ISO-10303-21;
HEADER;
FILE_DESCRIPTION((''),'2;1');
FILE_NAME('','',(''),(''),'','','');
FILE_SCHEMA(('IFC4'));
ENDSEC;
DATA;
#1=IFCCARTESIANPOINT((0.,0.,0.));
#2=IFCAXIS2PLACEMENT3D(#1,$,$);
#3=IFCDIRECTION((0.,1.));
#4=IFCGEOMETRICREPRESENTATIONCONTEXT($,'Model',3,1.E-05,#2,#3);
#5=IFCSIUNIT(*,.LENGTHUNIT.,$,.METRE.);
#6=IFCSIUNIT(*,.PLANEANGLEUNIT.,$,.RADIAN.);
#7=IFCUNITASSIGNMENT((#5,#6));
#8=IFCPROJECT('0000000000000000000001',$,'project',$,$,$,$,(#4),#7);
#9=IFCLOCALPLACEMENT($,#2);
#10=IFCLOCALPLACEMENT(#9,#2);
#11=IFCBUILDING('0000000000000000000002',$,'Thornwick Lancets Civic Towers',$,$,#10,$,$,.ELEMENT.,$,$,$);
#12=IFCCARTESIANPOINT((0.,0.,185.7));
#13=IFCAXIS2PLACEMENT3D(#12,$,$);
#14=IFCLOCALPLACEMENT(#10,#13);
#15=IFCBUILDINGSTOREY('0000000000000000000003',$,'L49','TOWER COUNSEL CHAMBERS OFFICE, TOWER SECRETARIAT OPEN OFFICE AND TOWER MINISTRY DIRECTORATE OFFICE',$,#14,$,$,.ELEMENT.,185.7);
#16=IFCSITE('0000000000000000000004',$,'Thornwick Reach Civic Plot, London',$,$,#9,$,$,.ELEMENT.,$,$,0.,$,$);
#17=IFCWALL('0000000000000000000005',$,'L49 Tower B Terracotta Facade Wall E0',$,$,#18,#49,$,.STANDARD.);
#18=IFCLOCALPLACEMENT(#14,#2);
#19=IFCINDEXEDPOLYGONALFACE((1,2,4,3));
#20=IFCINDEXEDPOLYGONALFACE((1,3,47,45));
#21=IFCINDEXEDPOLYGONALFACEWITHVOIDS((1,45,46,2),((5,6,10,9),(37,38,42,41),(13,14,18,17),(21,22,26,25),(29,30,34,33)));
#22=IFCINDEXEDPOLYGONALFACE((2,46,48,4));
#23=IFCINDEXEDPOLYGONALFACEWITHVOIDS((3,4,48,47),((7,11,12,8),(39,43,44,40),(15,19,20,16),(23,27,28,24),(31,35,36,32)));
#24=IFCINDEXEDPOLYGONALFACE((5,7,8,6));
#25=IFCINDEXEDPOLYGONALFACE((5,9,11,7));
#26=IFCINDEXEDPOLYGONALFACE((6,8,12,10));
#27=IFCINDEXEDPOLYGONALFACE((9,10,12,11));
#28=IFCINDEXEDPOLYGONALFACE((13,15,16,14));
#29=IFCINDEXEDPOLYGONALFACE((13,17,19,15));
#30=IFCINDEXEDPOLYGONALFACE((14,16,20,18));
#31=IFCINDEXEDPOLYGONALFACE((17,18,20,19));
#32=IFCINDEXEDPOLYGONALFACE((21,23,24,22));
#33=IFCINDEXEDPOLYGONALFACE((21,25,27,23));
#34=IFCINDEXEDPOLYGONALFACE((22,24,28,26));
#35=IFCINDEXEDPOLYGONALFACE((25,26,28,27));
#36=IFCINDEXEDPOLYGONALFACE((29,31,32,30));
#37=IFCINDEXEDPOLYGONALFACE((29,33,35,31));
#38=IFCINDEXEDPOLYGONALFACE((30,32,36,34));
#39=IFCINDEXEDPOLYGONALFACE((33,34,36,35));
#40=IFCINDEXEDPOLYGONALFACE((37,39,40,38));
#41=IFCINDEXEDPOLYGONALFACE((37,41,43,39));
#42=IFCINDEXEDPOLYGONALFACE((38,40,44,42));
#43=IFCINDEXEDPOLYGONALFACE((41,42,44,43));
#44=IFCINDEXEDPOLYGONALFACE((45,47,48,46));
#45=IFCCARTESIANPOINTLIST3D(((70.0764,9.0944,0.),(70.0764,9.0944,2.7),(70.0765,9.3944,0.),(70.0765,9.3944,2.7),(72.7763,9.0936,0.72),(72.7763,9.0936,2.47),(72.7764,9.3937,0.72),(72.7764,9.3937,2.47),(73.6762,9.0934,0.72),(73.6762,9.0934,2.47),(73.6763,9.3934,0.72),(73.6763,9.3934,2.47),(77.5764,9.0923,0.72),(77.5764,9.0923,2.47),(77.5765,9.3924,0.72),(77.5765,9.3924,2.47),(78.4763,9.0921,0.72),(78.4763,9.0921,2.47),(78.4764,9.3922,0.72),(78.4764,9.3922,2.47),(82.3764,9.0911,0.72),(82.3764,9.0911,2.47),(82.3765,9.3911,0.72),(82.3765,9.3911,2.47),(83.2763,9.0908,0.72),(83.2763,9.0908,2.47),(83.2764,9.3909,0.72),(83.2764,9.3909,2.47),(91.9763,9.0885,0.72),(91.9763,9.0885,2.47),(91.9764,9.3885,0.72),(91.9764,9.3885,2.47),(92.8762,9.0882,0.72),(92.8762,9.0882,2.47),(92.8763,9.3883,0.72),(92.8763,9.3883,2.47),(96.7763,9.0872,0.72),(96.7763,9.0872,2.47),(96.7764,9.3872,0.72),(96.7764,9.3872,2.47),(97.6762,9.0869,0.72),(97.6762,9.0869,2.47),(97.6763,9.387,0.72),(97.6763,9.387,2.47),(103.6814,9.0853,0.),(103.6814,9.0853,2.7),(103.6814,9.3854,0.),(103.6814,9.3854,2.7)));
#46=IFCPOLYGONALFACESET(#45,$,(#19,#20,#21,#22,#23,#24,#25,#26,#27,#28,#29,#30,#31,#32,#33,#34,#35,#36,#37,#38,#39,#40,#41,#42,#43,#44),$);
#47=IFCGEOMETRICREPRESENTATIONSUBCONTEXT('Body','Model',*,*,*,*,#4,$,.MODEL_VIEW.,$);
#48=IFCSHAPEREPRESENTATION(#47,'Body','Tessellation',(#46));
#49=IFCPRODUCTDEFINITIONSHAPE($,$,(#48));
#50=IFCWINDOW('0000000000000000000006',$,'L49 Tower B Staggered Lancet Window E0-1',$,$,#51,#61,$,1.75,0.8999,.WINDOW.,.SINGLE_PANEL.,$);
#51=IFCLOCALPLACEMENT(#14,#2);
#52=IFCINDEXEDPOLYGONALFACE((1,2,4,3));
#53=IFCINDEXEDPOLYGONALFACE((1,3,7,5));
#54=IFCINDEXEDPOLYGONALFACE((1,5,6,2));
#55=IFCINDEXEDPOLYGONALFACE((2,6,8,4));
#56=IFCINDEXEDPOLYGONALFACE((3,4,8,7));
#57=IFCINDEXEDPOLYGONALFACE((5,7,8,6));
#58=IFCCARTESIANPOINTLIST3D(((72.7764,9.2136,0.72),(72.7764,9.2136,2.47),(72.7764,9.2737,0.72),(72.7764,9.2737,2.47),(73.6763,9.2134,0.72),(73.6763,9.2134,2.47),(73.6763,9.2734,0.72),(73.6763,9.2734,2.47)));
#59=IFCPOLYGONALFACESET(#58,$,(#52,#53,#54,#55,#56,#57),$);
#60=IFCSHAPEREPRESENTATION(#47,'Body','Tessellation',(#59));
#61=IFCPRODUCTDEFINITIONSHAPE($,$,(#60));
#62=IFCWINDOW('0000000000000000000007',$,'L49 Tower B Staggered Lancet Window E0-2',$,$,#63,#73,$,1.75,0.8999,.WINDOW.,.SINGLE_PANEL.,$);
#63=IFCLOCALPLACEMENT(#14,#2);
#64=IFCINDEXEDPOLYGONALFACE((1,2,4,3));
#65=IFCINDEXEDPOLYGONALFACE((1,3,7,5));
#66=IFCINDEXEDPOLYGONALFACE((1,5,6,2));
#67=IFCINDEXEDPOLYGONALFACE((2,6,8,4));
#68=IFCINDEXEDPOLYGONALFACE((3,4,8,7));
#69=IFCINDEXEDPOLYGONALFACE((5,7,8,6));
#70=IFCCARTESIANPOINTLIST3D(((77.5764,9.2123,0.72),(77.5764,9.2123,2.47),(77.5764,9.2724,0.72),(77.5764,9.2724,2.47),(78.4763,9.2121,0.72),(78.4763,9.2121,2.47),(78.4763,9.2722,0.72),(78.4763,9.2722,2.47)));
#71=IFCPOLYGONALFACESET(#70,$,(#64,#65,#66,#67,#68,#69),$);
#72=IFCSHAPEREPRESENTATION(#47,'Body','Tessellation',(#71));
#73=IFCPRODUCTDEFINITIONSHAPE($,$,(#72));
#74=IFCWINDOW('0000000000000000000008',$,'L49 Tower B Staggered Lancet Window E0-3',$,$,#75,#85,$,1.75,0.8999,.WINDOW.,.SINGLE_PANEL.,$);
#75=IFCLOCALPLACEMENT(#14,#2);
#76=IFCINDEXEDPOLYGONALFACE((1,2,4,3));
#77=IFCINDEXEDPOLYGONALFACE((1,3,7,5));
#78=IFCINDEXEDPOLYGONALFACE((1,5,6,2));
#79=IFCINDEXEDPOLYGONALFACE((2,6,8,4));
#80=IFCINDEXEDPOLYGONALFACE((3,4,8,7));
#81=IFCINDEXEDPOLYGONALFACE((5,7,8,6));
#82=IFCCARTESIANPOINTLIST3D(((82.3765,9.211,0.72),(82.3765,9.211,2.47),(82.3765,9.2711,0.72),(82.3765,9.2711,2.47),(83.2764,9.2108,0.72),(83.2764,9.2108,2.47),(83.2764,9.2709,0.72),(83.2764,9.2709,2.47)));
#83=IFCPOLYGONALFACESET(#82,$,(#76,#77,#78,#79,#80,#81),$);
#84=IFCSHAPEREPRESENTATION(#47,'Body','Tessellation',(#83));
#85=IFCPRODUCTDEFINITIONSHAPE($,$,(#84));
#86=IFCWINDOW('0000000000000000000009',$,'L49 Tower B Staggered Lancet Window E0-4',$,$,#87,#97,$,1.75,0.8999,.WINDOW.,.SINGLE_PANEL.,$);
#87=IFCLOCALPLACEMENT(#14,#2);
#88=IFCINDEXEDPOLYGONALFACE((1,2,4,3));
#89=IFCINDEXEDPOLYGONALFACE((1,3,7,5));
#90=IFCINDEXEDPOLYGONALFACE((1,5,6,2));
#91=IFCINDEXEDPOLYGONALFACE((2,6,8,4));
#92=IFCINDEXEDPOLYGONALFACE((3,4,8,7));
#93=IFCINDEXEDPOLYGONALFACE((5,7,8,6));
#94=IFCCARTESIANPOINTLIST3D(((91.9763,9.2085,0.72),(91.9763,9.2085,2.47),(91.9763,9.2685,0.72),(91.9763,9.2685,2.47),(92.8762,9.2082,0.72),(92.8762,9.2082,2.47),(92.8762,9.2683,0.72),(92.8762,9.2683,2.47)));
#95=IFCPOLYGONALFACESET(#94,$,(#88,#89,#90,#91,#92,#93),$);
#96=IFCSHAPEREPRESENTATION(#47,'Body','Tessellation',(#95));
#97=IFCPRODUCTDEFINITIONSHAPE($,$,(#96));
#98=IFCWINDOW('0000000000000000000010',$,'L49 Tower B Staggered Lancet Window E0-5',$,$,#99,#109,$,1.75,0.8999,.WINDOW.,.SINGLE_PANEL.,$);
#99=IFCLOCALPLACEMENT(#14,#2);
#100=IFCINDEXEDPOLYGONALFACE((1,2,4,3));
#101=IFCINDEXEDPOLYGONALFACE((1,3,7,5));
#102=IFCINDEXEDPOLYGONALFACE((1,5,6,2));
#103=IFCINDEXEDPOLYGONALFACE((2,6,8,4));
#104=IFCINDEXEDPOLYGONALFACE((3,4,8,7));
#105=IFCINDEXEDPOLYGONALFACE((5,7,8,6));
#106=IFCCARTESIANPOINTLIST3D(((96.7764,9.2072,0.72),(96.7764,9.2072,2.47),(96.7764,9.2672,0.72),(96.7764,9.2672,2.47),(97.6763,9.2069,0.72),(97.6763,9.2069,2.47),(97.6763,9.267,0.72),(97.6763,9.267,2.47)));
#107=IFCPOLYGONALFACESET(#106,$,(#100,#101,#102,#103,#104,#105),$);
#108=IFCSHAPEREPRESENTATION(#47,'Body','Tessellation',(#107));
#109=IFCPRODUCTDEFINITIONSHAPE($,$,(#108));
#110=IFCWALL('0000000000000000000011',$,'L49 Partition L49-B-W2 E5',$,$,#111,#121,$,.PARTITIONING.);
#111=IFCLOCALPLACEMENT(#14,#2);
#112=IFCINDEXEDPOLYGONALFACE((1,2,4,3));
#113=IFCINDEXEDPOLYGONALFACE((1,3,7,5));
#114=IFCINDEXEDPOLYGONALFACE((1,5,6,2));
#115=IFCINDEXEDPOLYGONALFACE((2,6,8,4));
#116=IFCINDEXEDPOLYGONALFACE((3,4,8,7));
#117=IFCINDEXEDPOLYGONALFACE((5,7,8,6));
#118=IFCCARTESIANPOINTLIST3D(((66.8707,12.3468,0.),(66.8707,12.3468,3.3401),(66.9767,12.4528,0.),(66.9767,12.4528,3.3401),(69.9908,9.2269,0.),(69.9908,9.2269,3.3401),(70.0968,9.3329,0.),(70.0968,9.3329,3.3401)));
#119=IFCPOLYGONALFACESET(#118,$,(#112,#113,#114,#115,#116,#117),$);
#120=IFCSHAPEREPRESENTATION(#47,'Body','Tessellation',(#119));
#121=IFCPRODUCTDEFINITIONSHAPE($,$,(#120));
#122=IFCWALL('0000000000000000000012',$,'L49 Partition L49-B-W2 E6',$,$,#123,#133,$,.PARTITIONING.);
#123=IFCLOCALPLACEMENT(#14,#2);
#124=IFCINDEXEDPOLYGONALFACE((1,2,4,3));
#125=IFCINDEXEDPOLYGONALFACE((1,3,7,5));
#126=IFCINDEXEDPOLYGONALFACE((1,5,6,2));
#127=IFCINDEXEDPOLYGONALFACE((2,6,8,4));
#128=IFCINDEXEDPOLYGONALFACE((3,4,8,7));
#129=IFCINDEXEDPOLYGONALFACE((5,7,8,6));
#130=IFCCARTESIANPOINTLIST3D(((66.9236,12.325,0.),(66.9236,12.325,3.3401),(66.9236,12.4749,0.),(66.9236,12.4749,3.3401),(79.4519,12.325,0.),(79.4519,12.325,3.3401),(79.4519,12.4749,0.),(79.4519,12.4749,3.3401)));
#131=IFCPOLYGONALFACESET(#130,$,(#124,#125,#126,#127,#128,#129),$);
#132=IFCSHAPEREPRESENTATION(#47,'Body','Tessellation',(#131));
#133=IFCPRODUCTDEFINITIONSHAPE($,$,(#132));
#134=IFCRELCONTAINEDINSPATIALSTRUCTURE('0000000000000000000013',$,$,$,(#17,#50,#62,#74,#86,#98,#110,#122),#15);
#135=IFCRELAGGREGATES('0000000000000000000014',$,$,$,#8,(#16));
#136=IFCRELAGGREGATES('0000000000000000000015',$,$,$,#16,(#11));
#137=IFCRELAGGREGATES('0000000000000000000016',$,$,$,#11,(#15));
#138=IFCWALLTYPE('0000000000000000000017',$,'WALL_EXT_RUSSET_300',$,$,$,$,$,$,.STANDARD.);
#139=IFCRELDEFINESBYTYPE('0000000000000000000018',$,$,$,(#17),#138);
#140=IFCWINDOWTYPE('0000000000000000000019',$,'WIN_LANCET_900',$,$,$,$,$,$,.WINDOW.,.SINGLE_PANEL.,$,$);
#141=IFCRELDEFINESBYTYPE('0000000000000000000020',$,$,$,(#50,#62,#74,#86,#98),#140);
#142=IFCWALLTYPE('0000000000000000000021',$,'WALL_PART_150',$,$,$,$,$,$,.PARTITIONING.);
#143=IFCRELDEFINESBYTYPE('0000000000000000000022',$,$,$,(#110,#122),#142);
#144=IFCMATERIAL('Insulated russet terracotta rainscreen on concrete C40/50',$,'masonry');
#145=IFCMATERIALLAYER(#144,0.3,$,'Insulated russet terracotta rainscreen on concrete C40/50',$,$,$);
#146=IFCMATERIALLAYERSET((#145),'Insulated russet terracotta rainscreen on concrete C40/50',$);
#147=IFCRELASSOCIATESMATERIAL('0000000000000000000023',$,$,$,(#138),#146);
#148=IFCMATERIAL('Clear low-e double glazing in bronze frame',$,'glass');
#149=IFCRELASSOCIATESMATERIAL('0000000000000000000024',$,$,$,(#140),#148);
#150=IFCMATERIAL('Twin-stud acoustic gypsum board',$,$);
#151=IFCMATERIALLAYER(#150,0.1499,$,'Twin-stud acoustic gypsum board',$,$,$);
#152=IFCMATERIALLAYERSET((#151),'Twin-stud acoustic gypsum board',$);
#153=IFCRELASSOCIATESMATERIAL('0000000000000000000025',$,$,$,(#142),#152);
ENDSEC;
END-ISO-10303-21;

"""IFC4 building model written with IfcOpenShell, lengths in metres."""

from ifc_helpers import new_model, si_unit, direction, frame, frame_2d, origin, place, context, subcontext, project, spatial, rectangle, extrude, material, layer, layer_set, type_object, element, fill, save


model = new_model("IFC4")

# Units and contexts
model_context = context("Model", 3, precision=1e-05, world=origin(), true_north=direction((0.0, 1.0)))
body_context = subcontext(model_context, "Body", "Model", "MODEL_VIEW")
ifc_project = project(units=[si_unit("LENGTHUNIT", "METRE"), si_unit("PLANEANGLEUNIT", "RADIAN")], contexts=[model_context])

# Site, building, storey
site_placement = place(None, origin())
site = spatial("IfcSite", under=ifc_project, at=site_placement, Name="Thornwick Reach Civic Plot, London", CompositionType="ELEMENT", RefElevation=0.0)
building_placement = place(site_placement, origin())
building = spatial("IfcBuilding", under=site, at=building_placement, Name="Thornwick Lancets Civic Towers", CompositionType="ELEMENT")
storey_placement = place(building_placement, frame((0.0, 0.0, 185.7)))
storey = spatial("IfcBuildingStorey", under=building, at=storey_placement, Name="L49", Description="TOWER COUNSEL CHAMBERS OFFICE, TOWER SECRETARIAT OPEN OFFICE AND TOWER MINISTRY DIRECTORATE OFFICE", CompositionType="ELEMENT", Elevation=185.7)

# Wall, openings, windows
ifc_material_1 = material(Name="Insulated russet terracotta rainscreen on concrete C40/50", Category="masonry")
ifc_layer_1 = layer(ifc_material_1, 0.3, Name="Insulated russet terracotta rainscreen on concrete C40/50")
ifc_layer_set_1 = layer_set([ifc_layer_1], Name="Insulated russet terracotta rainscreen on concrete C40/50")
wall_type_1 = type_object("IfcWallType", Name="WALL_EXT_RUSSET_300", PredefinedType="STANDARD", material=ifc_layer_set_1)
ifc_material_2 = material(Name="Clear low-e double glazing in bronze frame", Category="glass")
window_type = type_object("IfcWindowType", Name="WIN_LANCET_900", PartitioningType="SINGLE_PANEL", PredefinedType="WINDOW", material=ifc_material_2)
wall_1_placement = place(storey_placement, frame((70.0764, 9.2444, 0.0), z_axis=(0.0, 0.0, 1.0), x_axis=(1.0, -0.000269, 0.0)))
wall_1 = element("IfcWall", 1, at=wall_1_placement, inside=storey, type_object=wall_type_1, Name="L49 Tower B Terracotta Facade Wall E0", PredefinedType="STANDARD", context=body_context, shape_type="SweptSolid", body=[
    extrude(rectangle(XDim=33.605, YDim=0.3, at=frame_2d((16.8025, 0.0))), origin(), (0.0, 0.0, 1.0), 2.7),
])
opening_1_placement = place(wall_1_placement, frame((2.7, 0.0, 0.72)))
opening_1 = element("IfcOpeningElement", 2, at=opening_1_placement, cuts=wall_1, PredefinedType="OPENING", context=body_context, shape_type="SweptSolid", body=[
    extrude(rectangle(XDim=0.8999, YDim=1.75, at=frame_2d((0.45, 0.875))), frame((0.0, 0.1602, 0.0), z_axis=(0.0, -1.0, 0.0), x_axis=(1.0, 0.0, 0.0)), (0.0, 0.0, 1.0), 0.3201),
])
opening_2_placement = place(wall_1_placement, frame((7.5, 0.0, 0.72)))
opening_2 = element("IfcOpeningElement", 3, at=opening_2_placement, cuts=wall_1, PredefinedType="OPENING", context=body_context, shape_type="SweptSolid", body=[
    extrude(rectangle(XDim=0.8999, YDim=1.75, at=frame_2d((0.45, 0.875))), frame((0.0, 0.1602, 0.0), z_axis=(0.0, -1.0, 0.0), x_axis=(1.0, 0.0, 0.0)), (0.0, 0.0, 1.0), 0.3201),
])
opening_3_placement = place(wall_1_placement, frame((12.3, 0.0, 0.72)))
opening_3 = element("IfcOpeningElement", 4, at=opening_3_placement, cuts=wall_1, PredefinedType="OPENING", context=body_context, shape_type="SweptSolid", body=[
    extrude(rectangle(XDim=0.8999, YDim=1.75, at=frame_2d((0.45, 0.875))), frame((0.0, 0.1602, 0.0), z_axis=(0.0, -1.0, 0.0), x_axis=(1.0, 0.0, 0.0)), (0.0, 0.0, 1.0), 0.3201),
])
opening_4_placement = place(wall_1_placement, frame((21.8999, 0.0, 0.72)))
opening_4 = element("IfcOpeningElement", 5, at=opening_4_placement, cuts=wall_1, PredefinedType="OPENING", context=body_context, shape_type="SweptSolid", body=[
    extrude(rectangle(XDim=0.8999, YDim=1.75, at=frame_2d((0.45, 0.875))), frame((0.0, 0.1602, 0.0), z_axis=(0.0, -1.0, 0.0), x_axis=(1.0, 0.0, 0.0)), (0.0, 0.0, 1.0), 0.3201),
])
opening_5_placement = place(wall_1_placement, frame((26.7, 0.0, 0.72)))
opening_5 = element("IfcOpeningElement", 6, at=opening_5_placement, cuts=wall_1, PredefinedType="OPENING", context=body_context, shape_type="SweptSolid", body=[
    extrude(rectangle(XDim=0.8999, YDim=1.75, at=frame_2d((0.45, 0.875))), frame((0.0, 0.1602, 0.0), z_axis=(0.0, -1.0, 0.0), x_axis=(1.0, 0.0, 0.0)), (0.0, 0.0, 1.0), 0.3201),
])
window_1_placement = place(opening_1_placement, origin())
window_1 = element("IfcWindow", 7, at=window_1_placement, inside=storey, type_object=window_type, Name="L49 Tower B Staggered Lancet Window E0-1", OverallHeight=1.75, OverallWidth=0.8999, PartitioningType="SINGLE_PANEL", PredefinedType="WINDOW", context=body_context, shape_type="SweptSolid", body=[
    extrude(rectangle(XDim=0.8999, YDim=1.75, at=frame_2d((0.45, 0.875))), frame((0.0, 0.03, 0.0), z_axis=(0.0, -1.0, 0.0), x_axis=(1.0, 0.0, 0.0)), (0.0, 0.0, 1.0), 0.0601),
])
fill(opening_1, window_1)
window_2_placement = place(opening_2_placement, origin())
window_2 = element("IfcWindow", 8, at=window_2_placement, inside=storey, type_object=window_type, Name="L49 Tower B Staggered Lancet Window E0-2", OverallHeight=1.75, OverallWidth=0.8999, PartitioningType="SINGLE_PANEL", PredefinedType="WINDOW", context=body_context, shape_type="SweptSolid", body=[
    extrude(rectangle(XDim=0.8999, YDim=1.75, at=frame_2d((0.45, 0.875))), frame((0.0, 0.03, 0.0), z_axis=(0.0, -1.0, 0.0), x_axis=(1.0, 0.0, 0.0)), (0.0, 0.0, 1.0), 0.0601),
])
fill(opening_2, window_2)
window_3_placement = place(opening_3_placement, origin())
window_3 = element("IfcWindow", 9, at=window_3_placement, inside=storey, type_object=window_type, Name="L49 Tower B Staggered Lancet Window E0-3", OverallHeight=1.75, OverallWidth=0.8999, PartitioningType="SINGLE_PANEL", PredefinedType="WINDOW", context=body_context, shape_type="SweptSolid", body=[
    extrude(rectangle(XDim=0.8999, YDim=1.75, at=frame_2d((0.45, 0.875))), frame((0.0, 0.03, 0.0), z_axis=(0.0, -1.0, 0.0), x_axis=(1.0, 0.0, 0.0)), (0.0, 0.0, 1.0), 0.0601),
])
fill(opening_3, window_3)
window_4_placement = place(opening_4_placement, origin())
window_4 = element("IfcWindow", 10, at=window_4_placement, inside=storey, type_object=window_type, Name="L49 Tower B Staggered Lancet Window E0-4", OverallHeight=1.75, OverallWidth=0.8999, PartitioningType="SINGLE_PANEL", PredefinedType="WINDOW", context=body_context, shape_type="SweptSolid", body=[
    extrude(rectangle(XDim=0.8999, YDim=1.75, at=frame_2d((0.45, 0.875))), frame((0.0, 0.03, 0.0), z_axis=(0.0, -1.0, 0.0), x_axis=(1.0, 0.0, 0.0)), (0.0, 0.0, 1.0), 0.0601),
])
fill(opening_4, window_4)
window_5_placement = place(opening_5_placement, origin())
window_5 = element("IfcWindow", 11, at=window_5_placement, inside=storey, type_object=window_type, Name="L49 Tower B Staggered Lancet Window E0-5", OverallHeight=1.75, OverallWidth=0.8999, PartitioningType="SINGLE_PANEL", PredefinedType="WINDOW", context=body_context, shape_type="SweptSolid", body=[
    extrude(rectangle(XDim=0.8999, YDim=1.75, at=frame_2d((0.45, 0.875))), frame((0.0, 0.03, 0.0), z_axis=(0.0, -1.0, 0.0), x_axis=(1.0, 0.0, 0.0)), (0.0, 0.0, 1.0), 0.0601),
])
fill(opening_5, window_5)

# Walls
ifc_material_3 = material(Name="Twin-stud acoustic gypsum board")
ifc_layer_2 = layer(ifc_material_3, 0.1499, Name="Twin-stud acoustic gypsum board")
ifc_layer_set_2 = layer_set([ifc_layer_2], Name="Twin-stud acoustic gypsum board")
wall_type_2 = type_object("IfcWallType", Name="WALL_PART_150", PredefinedType="PARTITIONING", material=ifc_layer_set_2)
wall_2_placement = place(storey_placement, frame((70.0437, 9.28, 0.0), z_axis=(0.0, 0.0, 1.0), x_axis=(-0.707134, 0.707079, 0.0)))
element("IfcWall", 12, at=wall_2_placement, inside=storey, type_object=wall_type_2, Name="L49 Partition L49-B-W2 E5", PredefinedType="PARTITIONING", context=body_context, shape_type="SweptSolid", body=[
    extrude(rectangle(XDim=4.4124, YDim=0.1499, at=frame_2d((2.2061, 0.0))), origin(), (0.0, 0.0, 1.0), 3.3401),
])
wall_3_placement = place(storey_placement, frame((66.9236, 12.3999, 0.0), z_axis=(0.0, 0.0, 1.0), x_axis=(1.0, 0.0, 0.0)))
element("IfcWall", 13, at=wall_3_placement, inside=storey, type_object=wall_type_2, Name="L49 Partition L49-B-W2 E6", PredefinedType="PARTITIONING", context=body_context, shape_type="SweptSolid", body=[
    extrude(rectangle(XDim=12.5283, YDim=0.1499, at=frame_2d((6.2642, 0.0))), origin(), (0.0, 0.0, 1.0), 3.3401),
])

save(model, "model.ifc")
